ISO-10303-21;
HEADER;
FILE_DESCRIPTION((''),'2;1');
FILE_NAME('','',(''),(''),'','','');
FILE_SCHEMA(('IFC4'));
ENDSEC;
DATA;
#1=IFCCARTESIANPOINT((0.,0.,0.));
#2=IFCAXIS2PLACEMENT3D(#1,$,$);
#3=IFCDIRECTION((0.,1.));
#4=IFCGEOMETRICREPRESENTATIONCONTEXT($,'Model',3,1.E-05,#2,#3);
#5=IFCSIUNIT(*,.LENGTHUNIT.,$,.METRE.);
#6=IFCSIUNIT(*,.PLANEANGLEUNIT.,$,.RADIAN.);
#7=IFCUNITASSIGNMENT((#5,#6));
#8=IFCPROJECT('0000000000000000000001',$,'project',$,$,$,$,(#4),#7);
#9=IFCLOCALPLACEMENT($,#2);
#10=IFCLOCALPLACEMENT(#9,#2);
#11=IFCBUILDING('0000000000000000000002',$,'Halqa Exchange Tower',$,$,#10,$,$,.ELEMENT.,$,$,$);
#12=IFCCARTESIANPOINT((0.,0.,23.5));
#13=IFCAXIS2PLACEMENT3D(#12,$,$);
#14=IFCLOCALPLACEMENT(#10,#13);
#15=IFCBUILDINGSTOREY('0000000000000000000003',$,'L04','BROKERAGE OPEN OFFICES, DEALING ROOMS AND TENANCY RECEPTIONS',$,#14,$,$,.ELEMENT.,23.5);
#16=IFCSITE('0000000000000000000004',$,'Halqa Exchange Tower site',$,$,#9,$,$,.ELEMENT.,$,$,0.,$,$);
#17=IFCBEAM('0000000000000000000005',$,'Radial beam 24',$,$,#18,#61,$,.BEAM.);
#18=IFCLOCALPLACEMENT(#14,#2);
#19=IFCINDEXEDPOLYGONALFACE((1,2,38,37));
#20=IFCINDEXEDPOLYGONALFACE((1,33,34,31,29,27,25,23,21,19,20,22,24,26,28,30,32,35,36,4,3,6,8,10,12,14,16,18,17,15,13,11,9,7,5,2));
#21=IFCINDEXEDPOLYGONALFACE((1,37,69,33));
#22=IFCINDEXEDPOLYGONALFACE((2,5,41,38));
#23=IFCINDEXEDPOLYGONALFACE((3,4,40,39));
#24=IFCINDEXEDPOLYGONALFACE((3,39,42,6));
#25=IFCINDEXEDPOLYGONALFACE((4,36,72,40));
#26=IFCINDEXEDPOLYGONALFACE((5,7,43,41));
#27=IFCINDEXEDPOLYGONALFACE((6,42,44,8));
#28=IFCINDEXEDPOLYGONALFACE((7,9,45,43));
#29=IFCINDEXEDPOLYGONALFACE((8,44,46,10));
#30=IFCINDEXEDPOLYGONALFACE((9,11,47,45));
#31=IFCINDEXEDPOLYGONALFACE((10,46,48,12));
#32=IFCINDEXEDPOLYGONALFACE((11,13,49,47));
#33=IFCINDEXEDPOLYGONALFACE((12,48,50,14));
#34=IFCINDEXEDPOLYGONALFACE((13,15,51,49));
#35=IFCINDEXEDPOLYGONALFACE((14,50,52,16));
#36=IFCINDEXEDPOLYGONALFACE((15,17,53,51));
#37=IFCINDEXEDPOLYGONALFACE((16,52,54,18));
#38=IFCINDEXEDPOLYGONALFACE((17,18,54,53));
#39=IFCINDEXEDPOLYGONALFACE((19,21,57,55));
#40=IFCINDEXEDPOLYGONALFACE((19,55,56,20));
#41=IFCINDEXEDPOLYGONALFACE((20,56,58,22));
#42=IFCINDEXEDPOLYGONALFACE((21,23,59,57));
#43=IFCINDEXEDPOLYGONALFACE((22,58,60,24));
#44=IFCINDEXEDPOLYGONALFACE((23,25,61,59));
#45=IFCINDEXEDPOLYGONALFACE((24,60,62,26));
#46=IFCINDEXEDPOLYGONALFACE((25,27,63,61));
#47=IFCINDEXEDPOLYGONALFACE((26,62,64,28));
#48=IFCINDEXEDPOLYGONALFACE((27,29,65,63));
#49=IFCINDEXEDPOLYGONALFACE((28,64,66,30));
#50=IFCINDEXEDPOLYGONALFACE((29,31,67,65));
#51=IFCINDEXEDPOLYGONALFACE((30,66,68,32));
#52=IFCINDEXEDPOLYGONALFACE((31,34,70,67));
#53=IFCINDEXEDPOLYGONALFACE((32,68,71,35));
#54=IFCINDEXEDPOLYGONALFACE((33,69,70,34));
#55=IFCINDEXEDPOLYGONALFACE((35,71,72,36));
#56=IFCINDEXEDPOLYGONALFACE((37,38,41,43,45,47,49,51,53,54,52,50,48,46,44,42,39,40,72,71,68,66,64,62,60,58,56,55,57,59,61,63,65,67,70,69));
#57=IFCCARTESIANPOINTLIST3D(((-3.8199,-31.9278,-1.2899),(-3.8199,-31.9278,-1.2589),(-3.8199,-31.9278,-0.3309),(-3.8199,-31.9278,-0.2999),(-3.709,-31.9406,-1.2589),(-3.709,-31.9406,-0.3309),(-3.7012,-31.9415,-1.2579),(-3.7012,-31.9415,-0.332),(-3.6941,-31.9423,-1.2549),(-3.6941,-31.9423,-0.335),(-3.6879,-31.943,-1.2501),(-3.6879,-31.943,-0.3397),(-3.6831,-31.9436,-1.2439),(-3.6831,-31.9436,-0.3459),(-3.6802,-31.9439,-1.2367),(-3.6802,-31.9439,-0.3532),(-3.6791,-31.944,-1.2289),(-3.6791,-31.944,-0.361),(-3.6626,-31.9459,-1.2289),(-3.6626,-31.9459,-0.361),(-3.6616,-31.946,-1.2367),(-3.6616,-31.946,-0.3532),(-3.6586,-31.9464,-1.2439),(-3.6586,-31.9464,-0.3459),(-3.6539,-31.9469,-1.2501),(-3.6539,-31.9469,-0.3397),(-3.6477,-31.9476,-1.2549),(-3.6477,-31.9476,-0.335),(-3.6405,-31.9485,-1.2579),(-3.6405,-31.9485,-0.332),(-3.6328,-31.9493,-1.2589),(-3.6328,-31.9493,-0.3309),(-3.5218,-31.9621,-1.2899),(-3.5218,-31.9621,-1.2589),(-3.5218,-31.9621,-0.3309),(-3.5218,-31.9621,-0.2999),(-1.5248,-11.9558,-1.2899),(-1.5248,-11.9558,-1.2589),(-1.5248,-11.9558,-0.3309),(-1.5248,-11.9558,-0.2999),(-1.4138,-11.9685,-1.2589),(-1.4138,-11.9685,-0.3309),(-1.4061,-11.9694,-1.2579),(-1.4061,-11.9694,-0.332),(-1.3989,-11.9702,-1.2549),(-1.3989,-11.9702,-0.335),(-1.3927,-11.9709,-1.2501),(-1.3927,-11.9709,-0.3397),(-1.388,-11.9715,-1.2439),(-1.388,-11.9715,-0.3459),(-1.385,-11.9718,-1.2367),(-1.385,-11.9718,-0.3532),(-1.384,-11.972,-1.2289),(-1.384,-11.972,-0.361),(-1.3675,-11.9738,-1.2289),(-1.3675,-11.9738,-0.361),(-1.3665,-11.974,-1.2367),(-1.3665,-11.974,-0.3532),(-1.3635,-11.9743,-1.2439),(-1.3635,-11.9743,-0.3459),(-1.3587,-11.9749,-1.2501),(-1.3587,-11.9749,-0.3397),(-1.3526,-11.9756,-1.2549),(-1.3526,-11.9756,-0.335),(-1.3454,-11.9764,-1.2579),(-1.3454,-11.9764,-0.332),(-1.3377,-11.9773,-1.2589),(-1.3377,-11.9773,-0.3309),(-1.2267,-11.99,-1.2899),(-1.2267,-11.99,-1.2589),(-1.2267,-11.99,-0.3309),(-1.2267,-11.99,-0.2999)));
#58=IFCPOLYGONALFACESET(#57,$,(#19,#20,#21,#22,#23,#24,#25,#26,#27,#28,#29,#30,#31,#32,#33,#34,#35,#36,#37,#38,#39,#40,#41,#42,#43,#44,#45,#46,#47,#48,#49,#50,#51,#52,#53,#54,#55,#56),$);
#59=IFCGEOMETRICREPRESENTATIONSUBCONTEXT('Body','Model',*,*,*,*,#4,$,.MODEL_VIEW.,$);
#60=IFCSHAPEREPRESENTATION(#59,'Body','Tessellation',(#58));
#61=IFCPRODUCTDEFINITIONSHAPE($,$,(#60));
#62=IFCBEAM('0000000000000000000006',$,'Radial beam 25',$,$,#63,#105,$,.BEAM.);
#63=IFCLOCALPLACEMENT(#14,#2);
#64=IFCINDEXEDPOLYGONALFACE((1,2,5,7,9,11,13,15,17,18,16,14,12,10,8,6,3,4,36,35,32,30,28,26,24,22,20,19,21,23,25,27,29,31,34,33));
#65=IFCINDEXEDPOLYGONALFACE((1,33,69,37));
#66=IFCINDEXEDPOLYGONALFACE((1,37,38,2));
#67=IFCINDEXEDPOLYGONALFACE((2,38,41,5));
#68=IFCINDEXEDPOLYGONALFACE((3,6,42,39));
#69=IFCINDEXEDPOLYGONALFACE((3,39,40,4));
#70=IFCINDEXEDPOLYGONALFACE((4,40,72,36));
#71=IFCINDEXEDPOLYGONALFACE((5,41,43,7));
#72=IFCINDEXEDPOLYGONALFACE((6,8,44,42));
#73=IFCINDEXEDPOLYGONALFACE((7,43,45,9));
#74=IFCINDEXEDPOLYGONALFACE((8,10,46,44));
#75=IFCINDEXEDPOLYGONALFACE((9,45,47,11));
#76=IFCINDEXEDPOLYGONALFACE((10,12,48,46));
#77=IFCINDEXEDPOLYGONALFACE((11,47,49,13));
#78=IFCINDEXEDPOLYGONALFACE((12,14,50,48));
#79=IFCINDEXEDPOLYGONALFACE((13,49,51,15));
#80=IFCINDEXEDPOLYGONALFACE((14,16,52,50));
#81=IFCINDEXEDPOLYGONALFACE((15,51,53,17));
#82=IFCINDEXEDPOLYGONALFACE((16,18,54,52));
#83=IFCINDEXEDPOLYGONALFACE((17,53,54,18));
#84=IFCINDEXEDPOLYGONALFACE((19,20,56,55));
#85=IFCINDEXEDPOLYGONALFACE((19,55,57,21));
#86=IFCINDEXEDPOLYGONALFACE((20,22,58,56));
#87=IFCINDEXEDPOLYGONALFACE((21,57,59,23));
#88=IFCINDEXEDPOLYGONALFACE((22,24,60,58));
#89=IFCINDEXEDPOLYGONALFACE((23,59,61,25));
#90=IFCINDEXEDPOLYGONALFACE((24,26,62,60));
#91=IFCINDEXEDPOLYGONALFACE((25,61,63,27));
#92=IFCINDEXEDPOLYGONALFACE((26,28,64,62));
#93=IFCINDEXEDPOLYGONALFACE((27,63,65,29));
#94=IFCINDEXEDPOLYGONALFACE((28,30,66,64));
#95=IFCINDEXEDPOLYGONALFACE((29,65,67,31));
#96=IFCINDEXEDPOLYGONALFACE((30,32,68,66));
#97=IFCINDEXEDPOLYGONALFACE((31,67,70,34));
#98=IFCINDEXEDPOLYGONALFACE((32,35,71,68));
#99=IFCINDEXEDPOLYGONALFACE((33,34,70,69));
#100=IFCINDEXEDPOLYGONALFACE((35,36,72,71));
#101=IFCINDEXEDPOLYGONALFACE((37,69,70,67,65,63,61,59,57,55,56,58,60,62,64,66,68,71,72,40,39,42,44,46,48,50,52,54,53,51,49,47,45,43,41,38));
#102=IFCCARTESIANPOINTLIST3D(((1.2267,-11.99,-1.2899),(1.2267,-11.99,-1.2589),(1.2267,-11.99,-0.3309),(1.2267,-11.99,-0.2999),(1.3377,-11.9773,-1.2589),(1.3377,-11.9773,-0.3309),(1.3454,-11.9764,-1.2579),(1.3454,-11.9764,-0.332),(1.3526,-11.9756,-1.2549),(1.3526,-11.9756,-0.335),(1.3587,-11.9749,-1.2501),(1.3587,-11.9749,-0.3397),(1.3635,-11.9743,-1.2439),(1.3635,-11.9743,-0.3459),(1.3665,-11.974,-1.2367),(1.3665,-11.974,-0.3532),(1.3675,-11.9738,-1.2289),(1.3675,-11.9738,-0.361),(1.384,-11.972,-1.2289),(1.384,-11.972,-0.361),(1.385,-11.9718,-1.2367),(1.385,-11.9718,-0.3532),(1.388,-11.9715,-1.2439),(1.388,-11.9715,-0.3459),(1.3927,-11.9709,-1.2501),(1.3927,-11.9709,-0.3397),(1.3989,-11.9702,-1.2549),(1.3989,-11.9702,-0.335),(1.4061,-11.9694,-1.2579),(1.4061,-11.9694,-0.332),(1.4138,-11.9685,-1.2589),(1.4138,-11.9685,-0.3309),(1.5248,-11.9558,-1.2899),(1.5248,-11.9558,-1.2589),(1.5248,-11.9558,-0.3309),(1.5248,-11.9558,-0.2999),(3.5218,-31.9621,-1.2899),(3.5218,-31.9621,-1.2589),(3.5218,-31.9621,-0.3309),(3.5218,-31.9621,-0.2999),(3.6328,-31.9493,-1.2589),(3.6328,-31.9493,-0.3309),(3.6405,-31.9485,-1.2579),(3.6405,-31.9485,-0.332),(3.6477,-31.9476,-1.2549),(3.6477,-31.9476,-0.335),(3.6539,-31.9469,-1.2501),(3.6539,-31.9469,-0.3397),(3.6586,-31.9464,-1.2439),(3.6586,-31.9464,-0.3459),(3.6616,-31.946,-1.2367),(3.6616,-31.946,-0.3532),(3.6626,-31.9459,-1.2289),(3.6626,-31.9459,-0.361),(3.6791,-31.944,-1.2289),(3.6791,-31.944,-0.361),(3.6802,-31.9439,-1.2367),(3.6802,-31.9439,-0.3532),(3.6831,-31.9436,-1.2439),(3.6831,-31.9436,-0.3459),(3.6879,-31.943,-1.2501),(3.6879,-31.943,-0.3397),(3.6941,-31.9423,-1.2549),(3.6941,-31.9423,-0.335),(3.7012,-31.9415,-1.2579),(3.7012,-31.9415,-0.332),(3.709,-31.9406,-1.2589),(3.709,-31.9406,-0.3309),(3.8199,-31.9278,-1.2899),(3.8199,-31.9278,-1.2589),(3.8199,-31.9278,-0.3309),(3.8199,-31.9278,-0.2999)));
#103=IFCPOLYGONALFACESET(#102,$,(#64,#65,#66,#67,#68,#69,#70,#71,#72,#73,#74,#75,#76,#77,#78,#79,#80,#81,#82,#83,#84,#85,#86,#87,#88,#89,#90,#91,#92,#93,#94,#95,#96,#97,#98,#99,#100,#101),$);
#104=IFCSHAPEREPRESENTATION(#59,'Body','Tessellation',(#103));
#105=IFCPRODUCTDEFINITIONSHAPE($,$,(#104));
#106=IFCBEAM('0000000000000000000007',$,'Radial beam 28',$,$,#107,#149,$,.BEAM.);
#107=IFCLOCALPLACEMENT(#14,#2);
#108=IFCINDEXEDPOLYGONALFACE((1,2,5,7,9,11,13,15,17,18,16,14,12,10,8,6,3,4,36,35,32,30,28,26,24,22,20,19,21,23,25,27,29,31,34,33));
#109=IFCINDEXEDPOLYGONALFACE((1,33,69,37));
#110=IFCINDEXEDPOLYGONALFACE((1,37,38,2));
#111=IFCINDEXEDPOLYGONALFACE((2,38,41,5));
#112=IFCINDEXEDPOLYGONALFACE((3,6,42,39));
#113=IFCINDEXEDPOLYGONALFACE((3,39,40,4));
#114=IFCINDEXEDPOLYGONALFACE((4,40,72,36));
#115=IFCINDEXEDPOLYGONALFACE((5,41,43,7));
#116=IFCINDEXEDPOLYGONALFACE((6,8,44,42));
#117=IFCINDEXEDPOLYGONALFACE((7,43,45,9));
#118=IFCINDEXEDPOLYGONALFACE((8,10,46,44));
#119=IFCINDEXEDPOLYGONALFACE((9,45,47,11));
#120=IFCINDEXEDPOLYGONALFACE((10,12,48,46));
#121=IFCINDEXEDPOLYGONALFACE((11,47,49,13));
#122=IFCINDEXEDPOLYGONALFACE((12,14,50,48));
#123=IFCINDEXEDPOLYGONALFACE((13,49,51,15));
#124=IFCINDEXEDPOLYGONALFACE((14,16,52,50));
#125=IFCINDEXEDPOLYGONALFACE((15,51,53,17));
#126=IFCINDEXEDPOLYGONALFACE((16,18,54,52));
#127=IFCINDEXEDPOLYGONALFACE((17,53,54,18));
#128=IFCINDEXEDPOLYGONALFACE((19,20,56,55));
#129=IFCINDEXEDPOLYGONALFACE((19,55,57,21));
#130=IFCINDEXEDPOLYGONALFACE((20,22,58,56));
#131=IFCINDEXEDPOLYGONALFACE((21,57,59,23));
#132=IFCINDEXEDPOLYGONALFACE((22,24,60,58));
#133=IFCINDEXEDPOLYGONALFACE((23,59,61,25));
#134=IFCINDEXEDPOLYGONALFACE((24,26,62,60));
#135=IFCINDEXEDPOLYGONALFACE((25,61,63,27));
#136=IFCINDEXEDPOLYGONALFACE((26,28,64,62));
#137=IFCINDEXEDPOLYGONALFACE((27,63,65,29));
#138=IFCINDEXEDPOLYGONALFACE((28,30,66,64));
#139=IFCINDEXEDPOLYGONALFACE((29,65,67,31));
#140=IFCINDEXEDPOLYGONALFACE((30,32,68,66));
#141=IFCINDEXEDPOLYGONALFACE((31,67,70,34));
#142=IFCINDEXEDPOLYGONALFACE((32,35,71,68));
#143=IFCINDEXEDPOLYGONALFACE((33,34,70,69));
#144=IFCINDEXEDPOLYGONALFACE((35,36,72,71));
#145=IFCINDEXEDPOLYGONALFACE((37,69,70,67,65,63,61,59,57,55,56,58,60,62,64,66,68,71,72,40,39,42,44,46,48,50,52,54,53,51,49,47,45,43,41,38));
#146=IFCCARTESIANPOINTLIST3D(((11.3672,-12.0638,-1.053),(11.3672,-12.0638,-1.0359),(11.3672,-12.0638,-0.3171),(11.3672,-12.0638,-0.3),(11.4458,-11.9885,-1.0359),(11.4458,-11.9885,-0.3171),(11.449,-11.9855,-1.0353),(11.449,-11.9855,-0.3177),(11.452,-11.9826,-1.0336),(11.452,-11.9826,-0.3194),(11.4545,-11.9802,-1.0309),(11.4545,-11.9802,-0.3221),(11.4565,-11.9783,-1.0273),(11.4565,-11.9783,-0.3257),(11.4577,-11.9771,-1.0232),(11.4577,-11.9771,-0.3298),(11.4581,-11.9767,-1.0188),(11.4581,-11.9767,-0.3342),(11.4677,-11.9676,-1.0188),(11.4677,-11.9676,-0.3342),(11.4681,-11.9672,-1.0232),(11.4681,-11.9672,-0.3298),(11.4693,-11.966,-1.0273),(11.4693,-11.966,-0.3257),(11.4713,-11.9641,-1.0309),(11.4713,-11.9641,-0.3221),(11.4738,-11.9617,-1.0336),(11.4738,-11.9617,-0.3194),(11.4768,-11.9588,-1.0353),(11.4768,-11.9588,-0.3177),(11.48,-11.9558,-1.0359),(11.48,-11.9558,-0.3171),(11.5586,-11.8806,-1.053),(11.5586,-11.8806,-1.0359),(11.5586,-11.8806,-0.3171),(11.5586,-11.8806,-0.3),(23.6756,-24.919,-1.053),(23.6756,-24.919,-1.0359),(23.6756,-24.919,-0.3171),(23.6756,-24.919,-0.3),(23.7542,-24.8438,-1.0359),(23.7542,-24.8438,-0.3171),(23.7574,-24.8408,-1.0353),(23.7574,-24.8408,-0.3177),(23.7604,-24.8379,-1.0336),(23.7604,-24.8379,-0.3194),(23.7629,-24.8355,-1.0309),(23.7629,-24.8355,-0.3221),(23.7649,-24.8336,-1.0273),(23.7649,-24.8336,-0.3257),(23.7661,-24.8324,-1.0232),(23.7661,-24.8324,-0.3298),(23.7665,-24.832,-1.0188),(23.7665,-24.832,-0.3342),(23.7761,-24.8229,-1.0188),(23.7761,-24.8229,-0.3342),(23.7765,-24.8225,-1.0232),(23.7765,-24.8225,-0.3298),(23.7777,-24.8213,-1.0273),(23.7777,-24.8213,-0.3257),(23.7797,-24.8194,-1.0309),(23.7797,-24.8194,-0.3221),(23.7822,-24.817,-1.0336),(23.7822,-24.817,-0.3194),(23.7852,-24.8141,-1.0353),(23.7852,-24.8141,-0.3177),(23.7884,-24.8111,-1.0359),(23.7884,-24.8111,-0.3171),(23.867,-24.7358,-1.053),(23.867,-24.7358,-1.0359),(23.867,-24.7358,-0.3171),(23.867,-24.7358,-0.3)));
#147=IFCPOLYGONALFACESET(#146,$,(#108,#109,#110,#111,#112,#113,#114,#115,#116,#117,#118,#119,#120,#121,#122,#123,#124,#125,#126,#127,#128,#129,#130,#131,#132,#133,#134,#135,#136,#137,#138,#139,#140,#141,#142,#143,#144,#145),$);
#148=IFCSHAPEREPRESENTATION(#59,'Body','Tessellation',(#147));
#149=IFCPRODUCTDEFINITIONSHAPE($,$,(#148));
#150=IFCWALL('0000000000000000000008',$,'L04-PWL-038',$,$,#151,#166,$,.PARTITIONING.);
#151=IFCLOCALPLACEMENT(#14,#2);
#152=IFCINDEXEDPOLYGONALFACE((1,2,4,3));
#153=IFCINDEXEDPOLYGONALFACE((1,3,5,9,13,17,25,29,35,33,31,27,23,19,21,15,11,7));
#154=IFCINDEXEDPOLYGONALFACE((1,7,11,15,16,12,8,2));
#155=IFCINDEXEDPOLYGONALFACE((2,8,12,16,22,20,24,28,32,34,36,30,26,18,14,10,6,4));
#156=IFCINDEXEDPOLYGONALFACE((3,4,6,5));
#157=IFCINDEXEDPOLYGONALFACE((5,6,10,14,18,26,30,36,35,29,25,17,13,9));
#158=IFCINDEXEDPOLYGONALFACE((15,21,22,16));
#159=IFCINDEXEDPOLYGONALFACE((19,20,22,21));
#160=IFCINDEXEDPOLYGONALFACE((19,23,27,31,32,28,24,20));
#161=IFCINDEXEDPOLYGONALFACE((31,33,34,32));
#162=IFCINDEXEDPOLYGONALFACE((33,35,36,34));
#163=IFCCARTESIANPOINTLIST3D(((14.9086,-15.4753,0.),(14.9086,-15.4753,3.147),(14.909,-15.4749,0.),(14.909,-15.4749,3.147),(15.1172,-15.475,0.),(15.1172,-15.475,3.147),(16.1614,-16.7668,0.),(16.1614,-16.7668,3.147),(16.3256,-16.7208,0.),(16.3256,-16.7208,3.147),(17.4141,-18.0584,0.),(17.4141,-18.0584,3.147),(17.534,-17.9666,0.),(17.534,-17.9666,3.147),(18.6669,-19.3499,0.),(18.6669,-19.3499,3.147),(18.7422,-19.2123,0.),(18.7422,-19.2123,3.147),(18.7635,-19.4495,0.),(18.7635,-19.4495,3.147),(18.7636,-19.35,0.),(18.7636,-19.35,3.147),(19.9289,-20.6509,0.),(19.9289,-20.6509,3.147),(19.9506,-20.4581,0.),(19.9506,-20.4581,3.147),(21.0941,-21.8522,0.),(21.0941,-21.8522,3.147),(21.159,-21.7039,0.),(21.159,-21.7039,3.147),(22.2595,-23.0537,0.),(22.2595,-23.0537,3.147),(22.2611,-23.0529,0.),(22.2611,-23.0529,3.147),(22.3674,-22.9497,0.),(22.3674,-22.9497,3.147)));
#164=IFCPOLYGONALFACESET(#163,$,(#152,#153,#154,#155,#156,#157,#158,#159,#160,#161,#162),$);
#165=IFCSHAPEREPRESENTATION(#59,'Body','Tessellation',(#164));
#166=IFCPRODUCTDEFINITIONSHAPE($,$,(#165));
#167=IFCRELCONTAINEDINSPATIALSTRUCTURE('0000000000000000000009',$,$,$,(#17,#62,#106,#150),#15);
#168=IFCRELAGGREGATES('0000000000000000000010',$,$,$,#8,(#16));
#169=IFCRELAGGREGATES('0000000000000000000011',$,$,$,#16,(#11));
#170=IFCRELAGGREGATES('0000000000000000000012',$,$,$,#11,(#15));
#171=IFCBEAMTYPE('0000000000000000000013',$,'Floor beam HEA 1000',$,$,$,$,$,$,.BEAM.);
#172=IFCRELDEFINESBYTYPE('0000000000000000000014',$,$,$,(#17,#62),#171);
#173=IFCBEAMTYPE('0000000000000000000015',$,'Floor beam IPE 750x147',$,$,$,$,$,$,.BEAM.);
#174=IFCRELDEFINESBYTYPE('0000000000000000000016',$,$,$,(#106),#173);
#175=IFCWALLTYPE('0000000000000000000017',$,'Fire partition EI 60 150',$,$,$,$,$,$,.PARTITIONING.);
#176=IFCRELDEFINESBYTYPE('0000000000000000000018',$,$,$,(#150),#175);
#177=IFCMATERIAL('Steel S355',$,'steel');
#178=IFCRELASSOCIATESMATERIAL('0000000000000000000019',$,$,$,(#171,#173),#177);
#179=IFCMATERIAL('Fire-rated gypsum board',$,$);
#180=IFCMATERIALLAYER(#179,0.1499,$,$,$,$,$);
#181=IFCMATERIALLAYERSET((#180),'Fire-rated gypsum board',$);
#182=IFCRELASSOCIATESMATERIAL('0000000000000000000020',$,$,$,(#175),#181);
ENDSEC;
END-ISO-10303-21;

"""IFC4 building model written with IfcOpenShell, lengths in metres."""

from ifc_helpers import new_model, si_unit, direction, frame, origin, origin_2d, place, context, subcontext, project, spatial, polyline, i_section, outline, extrude, material, layer, layer_set, material_profile, profile_set, type_object, element, save


model = new_model("IFC4")

# Units and contexts
model_context = context("Model", 3, precision=1e-05, world=origin(), true_north=direction((0.0, 1.0)))
body_context = subcontext(model_context, "Body", "Model", "MODEL_VIEW")
ifc_project = project(units=[si_unit("LENGTHUNIT", "METRE"), si_unit("PLANEANGLEUNIT", "RADIAN")], contexts=[model_context])

# Site, building, storey
site_placement = place(None, origin())
site = spatial("IfcSite", under=ifc_project, at=site_placement, Name="Halqa Exchange Tower site", CompositionType="ELEMENT", RefElevation=0.0)
building_placement = place(site_placement, origin())
building = spatial("IfcBuilding", under=site, at=building_placement, Name="Halqa Exchange Tower", CompositionType="ELEMENT")
storey_placement = place(building_placement, frame((0.0, 0.0, 23.5)))
storey = spatial("IfcBuildingStorey", under=building, at=storey_placement, Name="L04", Description="BROKERAGE OPEN OFFICES, DEALING ROOMS AND TENANCY RECEPTIONS", CompositionType="ELEMENT", Elevation=23.5)

# Beams
ifc_material_1 = material(Name="Steel S355", Category="steel")
ifc_material_profile_1 = material_profile(ifc_material_1, i_section(OverallWidth=0.3, OverallDepth=0.99, WebThickness=0.0166, FlangeThickness=0.031, FilletRadius=0.03, at=origin_2d()), Name="HEA 1000")
ifc_profile_set_1 = profile_set([ifc_material_profile_1], Name="Steel S355")
beam_type_1 = type_object("IfcBeamType", Name="Floor beam HEA 1000", PredefinedType="BEAM", material=ifc_profile_set_1)
for number, where, z_axis, x_axis, name in (
    (1, (-1.3757, -11.9729, -0.7949), (-0.114167, -0.993462, 0.0), (0.993462, -0.114167, 0.0), "Radial beam 24"),
    (2, (1.3757, -11.9729, -0.7949), (0.114167, -0.993462, 0.0), (0.993462, 0.114167, 0.0), "Radial beam 25"),
):
    element("IfcBeam", number, at=place(storey_placement, frame(where, z_axis=z_axis, x_axis=x_axis)), inside=storey, type_object=beam_type_1, Name=name, PredefinedType="BEAM", context=body_context, shape_type="SweptSolid", body=[
        extrude(i_section(OverallWidth=0.3, OverallDepth=0.99, WebThickness=0.0166, FlangeThickness=0.031, FilletRadius=0.03, at=origin_2d()), origin(), (0.0, 0.0, 1.0), 20.1035),
    ])
ifc_material_profile_2 = material_profile(ifc_material_1, i_section(OverallWidth=0.2649, OverallDepth=0.7529, WebThickness=0.0132, FlangeThickness=0.0171, FilletRadius=0.0171, at=origin_2d()), Name="IPE 750x147")
ifc_profile_set_2 = profile_set([ifc_material_profile_2], Name="Steel S355")
beam_type_2 = type_object("IfcBeamType", Name="Floor beam IPE 750x147", PredefinedType="BEAM", material=ifc_profile_set_2)
beam_placement = place(storey_placement, frame((11.4629, -11.9722, -0.6765), z_axis=(0.691576, -0.722304, 0.0), x_axis=(0.722304, 0.691576, 0.0)))
element("IfcBeam", 3, at=beam_placement, inside=storey, type_object=beam_type_2, Name="Radial beam 28", PredefinedType="BEAM", context=body_context, shape_type="SweptSolid", body=[
    extrude(i_section(OverallWidth=0.2649, OverallDepth=0.7529, WebThickness=0.0132, FlangeThickness=0.0171, FilletRadius=0.0171, at=origin_2d()), origin(), (0.0, 0.0, 1.0), 17.7976),
])

# Shared definitions
ifc_material_2 = material(Name="Fire-rated gypsum board")
ifc_layer_1 = layer(ifc_material_2, 0.1499)
ifc_layer_set_1 = layer_set([ifc_layer_1], Name="Fire-rated gypsum board")
wall_type_1 = type_object("IfcWallType", Name="Fire partition EI 60 150", PredefinedType="PARTITIONING", material=ifc_layer_set_1)

# Wall
wall_1_placement = place(storey_placement, frame((14.9624, -15.4231, 0.0), z_axis=(0.0, 0.0, 1.0), x_axis=(0.696249, -0.7178, 0.0)))
element("IfcWall", 4, at=wall_1_placement, inside=storey, type_object=wall_type_1, Name="L04-PWL-038", PredefinedType="PARTITIONING", context=body_context, shape_type="SweptSolid", body=[
    extrude(outline(polyline([(0.0, -0.075), (1.7993, -0.075), (3.5986, -0.075), (5.3979, -0.075), (5.4653, -0.0056), (5.5366, -0.075), (7.2104, -0.075), (8.884, -0.075), (10.5579, -0.075), (10.5583, -0.0732), (10.5583, 0.075), (8.8228, 0.075), (7.0872, 0.075), (5.3516, 0.075), (3.6162, 0.075), (1.8806, 0.075), (0.145, 0.075), (0.0, -0.0745), (0.0, -0.075)])), origin(), (0.0, 0.0, 1.0), 3.147),
])

save(model, "model.ifc")
